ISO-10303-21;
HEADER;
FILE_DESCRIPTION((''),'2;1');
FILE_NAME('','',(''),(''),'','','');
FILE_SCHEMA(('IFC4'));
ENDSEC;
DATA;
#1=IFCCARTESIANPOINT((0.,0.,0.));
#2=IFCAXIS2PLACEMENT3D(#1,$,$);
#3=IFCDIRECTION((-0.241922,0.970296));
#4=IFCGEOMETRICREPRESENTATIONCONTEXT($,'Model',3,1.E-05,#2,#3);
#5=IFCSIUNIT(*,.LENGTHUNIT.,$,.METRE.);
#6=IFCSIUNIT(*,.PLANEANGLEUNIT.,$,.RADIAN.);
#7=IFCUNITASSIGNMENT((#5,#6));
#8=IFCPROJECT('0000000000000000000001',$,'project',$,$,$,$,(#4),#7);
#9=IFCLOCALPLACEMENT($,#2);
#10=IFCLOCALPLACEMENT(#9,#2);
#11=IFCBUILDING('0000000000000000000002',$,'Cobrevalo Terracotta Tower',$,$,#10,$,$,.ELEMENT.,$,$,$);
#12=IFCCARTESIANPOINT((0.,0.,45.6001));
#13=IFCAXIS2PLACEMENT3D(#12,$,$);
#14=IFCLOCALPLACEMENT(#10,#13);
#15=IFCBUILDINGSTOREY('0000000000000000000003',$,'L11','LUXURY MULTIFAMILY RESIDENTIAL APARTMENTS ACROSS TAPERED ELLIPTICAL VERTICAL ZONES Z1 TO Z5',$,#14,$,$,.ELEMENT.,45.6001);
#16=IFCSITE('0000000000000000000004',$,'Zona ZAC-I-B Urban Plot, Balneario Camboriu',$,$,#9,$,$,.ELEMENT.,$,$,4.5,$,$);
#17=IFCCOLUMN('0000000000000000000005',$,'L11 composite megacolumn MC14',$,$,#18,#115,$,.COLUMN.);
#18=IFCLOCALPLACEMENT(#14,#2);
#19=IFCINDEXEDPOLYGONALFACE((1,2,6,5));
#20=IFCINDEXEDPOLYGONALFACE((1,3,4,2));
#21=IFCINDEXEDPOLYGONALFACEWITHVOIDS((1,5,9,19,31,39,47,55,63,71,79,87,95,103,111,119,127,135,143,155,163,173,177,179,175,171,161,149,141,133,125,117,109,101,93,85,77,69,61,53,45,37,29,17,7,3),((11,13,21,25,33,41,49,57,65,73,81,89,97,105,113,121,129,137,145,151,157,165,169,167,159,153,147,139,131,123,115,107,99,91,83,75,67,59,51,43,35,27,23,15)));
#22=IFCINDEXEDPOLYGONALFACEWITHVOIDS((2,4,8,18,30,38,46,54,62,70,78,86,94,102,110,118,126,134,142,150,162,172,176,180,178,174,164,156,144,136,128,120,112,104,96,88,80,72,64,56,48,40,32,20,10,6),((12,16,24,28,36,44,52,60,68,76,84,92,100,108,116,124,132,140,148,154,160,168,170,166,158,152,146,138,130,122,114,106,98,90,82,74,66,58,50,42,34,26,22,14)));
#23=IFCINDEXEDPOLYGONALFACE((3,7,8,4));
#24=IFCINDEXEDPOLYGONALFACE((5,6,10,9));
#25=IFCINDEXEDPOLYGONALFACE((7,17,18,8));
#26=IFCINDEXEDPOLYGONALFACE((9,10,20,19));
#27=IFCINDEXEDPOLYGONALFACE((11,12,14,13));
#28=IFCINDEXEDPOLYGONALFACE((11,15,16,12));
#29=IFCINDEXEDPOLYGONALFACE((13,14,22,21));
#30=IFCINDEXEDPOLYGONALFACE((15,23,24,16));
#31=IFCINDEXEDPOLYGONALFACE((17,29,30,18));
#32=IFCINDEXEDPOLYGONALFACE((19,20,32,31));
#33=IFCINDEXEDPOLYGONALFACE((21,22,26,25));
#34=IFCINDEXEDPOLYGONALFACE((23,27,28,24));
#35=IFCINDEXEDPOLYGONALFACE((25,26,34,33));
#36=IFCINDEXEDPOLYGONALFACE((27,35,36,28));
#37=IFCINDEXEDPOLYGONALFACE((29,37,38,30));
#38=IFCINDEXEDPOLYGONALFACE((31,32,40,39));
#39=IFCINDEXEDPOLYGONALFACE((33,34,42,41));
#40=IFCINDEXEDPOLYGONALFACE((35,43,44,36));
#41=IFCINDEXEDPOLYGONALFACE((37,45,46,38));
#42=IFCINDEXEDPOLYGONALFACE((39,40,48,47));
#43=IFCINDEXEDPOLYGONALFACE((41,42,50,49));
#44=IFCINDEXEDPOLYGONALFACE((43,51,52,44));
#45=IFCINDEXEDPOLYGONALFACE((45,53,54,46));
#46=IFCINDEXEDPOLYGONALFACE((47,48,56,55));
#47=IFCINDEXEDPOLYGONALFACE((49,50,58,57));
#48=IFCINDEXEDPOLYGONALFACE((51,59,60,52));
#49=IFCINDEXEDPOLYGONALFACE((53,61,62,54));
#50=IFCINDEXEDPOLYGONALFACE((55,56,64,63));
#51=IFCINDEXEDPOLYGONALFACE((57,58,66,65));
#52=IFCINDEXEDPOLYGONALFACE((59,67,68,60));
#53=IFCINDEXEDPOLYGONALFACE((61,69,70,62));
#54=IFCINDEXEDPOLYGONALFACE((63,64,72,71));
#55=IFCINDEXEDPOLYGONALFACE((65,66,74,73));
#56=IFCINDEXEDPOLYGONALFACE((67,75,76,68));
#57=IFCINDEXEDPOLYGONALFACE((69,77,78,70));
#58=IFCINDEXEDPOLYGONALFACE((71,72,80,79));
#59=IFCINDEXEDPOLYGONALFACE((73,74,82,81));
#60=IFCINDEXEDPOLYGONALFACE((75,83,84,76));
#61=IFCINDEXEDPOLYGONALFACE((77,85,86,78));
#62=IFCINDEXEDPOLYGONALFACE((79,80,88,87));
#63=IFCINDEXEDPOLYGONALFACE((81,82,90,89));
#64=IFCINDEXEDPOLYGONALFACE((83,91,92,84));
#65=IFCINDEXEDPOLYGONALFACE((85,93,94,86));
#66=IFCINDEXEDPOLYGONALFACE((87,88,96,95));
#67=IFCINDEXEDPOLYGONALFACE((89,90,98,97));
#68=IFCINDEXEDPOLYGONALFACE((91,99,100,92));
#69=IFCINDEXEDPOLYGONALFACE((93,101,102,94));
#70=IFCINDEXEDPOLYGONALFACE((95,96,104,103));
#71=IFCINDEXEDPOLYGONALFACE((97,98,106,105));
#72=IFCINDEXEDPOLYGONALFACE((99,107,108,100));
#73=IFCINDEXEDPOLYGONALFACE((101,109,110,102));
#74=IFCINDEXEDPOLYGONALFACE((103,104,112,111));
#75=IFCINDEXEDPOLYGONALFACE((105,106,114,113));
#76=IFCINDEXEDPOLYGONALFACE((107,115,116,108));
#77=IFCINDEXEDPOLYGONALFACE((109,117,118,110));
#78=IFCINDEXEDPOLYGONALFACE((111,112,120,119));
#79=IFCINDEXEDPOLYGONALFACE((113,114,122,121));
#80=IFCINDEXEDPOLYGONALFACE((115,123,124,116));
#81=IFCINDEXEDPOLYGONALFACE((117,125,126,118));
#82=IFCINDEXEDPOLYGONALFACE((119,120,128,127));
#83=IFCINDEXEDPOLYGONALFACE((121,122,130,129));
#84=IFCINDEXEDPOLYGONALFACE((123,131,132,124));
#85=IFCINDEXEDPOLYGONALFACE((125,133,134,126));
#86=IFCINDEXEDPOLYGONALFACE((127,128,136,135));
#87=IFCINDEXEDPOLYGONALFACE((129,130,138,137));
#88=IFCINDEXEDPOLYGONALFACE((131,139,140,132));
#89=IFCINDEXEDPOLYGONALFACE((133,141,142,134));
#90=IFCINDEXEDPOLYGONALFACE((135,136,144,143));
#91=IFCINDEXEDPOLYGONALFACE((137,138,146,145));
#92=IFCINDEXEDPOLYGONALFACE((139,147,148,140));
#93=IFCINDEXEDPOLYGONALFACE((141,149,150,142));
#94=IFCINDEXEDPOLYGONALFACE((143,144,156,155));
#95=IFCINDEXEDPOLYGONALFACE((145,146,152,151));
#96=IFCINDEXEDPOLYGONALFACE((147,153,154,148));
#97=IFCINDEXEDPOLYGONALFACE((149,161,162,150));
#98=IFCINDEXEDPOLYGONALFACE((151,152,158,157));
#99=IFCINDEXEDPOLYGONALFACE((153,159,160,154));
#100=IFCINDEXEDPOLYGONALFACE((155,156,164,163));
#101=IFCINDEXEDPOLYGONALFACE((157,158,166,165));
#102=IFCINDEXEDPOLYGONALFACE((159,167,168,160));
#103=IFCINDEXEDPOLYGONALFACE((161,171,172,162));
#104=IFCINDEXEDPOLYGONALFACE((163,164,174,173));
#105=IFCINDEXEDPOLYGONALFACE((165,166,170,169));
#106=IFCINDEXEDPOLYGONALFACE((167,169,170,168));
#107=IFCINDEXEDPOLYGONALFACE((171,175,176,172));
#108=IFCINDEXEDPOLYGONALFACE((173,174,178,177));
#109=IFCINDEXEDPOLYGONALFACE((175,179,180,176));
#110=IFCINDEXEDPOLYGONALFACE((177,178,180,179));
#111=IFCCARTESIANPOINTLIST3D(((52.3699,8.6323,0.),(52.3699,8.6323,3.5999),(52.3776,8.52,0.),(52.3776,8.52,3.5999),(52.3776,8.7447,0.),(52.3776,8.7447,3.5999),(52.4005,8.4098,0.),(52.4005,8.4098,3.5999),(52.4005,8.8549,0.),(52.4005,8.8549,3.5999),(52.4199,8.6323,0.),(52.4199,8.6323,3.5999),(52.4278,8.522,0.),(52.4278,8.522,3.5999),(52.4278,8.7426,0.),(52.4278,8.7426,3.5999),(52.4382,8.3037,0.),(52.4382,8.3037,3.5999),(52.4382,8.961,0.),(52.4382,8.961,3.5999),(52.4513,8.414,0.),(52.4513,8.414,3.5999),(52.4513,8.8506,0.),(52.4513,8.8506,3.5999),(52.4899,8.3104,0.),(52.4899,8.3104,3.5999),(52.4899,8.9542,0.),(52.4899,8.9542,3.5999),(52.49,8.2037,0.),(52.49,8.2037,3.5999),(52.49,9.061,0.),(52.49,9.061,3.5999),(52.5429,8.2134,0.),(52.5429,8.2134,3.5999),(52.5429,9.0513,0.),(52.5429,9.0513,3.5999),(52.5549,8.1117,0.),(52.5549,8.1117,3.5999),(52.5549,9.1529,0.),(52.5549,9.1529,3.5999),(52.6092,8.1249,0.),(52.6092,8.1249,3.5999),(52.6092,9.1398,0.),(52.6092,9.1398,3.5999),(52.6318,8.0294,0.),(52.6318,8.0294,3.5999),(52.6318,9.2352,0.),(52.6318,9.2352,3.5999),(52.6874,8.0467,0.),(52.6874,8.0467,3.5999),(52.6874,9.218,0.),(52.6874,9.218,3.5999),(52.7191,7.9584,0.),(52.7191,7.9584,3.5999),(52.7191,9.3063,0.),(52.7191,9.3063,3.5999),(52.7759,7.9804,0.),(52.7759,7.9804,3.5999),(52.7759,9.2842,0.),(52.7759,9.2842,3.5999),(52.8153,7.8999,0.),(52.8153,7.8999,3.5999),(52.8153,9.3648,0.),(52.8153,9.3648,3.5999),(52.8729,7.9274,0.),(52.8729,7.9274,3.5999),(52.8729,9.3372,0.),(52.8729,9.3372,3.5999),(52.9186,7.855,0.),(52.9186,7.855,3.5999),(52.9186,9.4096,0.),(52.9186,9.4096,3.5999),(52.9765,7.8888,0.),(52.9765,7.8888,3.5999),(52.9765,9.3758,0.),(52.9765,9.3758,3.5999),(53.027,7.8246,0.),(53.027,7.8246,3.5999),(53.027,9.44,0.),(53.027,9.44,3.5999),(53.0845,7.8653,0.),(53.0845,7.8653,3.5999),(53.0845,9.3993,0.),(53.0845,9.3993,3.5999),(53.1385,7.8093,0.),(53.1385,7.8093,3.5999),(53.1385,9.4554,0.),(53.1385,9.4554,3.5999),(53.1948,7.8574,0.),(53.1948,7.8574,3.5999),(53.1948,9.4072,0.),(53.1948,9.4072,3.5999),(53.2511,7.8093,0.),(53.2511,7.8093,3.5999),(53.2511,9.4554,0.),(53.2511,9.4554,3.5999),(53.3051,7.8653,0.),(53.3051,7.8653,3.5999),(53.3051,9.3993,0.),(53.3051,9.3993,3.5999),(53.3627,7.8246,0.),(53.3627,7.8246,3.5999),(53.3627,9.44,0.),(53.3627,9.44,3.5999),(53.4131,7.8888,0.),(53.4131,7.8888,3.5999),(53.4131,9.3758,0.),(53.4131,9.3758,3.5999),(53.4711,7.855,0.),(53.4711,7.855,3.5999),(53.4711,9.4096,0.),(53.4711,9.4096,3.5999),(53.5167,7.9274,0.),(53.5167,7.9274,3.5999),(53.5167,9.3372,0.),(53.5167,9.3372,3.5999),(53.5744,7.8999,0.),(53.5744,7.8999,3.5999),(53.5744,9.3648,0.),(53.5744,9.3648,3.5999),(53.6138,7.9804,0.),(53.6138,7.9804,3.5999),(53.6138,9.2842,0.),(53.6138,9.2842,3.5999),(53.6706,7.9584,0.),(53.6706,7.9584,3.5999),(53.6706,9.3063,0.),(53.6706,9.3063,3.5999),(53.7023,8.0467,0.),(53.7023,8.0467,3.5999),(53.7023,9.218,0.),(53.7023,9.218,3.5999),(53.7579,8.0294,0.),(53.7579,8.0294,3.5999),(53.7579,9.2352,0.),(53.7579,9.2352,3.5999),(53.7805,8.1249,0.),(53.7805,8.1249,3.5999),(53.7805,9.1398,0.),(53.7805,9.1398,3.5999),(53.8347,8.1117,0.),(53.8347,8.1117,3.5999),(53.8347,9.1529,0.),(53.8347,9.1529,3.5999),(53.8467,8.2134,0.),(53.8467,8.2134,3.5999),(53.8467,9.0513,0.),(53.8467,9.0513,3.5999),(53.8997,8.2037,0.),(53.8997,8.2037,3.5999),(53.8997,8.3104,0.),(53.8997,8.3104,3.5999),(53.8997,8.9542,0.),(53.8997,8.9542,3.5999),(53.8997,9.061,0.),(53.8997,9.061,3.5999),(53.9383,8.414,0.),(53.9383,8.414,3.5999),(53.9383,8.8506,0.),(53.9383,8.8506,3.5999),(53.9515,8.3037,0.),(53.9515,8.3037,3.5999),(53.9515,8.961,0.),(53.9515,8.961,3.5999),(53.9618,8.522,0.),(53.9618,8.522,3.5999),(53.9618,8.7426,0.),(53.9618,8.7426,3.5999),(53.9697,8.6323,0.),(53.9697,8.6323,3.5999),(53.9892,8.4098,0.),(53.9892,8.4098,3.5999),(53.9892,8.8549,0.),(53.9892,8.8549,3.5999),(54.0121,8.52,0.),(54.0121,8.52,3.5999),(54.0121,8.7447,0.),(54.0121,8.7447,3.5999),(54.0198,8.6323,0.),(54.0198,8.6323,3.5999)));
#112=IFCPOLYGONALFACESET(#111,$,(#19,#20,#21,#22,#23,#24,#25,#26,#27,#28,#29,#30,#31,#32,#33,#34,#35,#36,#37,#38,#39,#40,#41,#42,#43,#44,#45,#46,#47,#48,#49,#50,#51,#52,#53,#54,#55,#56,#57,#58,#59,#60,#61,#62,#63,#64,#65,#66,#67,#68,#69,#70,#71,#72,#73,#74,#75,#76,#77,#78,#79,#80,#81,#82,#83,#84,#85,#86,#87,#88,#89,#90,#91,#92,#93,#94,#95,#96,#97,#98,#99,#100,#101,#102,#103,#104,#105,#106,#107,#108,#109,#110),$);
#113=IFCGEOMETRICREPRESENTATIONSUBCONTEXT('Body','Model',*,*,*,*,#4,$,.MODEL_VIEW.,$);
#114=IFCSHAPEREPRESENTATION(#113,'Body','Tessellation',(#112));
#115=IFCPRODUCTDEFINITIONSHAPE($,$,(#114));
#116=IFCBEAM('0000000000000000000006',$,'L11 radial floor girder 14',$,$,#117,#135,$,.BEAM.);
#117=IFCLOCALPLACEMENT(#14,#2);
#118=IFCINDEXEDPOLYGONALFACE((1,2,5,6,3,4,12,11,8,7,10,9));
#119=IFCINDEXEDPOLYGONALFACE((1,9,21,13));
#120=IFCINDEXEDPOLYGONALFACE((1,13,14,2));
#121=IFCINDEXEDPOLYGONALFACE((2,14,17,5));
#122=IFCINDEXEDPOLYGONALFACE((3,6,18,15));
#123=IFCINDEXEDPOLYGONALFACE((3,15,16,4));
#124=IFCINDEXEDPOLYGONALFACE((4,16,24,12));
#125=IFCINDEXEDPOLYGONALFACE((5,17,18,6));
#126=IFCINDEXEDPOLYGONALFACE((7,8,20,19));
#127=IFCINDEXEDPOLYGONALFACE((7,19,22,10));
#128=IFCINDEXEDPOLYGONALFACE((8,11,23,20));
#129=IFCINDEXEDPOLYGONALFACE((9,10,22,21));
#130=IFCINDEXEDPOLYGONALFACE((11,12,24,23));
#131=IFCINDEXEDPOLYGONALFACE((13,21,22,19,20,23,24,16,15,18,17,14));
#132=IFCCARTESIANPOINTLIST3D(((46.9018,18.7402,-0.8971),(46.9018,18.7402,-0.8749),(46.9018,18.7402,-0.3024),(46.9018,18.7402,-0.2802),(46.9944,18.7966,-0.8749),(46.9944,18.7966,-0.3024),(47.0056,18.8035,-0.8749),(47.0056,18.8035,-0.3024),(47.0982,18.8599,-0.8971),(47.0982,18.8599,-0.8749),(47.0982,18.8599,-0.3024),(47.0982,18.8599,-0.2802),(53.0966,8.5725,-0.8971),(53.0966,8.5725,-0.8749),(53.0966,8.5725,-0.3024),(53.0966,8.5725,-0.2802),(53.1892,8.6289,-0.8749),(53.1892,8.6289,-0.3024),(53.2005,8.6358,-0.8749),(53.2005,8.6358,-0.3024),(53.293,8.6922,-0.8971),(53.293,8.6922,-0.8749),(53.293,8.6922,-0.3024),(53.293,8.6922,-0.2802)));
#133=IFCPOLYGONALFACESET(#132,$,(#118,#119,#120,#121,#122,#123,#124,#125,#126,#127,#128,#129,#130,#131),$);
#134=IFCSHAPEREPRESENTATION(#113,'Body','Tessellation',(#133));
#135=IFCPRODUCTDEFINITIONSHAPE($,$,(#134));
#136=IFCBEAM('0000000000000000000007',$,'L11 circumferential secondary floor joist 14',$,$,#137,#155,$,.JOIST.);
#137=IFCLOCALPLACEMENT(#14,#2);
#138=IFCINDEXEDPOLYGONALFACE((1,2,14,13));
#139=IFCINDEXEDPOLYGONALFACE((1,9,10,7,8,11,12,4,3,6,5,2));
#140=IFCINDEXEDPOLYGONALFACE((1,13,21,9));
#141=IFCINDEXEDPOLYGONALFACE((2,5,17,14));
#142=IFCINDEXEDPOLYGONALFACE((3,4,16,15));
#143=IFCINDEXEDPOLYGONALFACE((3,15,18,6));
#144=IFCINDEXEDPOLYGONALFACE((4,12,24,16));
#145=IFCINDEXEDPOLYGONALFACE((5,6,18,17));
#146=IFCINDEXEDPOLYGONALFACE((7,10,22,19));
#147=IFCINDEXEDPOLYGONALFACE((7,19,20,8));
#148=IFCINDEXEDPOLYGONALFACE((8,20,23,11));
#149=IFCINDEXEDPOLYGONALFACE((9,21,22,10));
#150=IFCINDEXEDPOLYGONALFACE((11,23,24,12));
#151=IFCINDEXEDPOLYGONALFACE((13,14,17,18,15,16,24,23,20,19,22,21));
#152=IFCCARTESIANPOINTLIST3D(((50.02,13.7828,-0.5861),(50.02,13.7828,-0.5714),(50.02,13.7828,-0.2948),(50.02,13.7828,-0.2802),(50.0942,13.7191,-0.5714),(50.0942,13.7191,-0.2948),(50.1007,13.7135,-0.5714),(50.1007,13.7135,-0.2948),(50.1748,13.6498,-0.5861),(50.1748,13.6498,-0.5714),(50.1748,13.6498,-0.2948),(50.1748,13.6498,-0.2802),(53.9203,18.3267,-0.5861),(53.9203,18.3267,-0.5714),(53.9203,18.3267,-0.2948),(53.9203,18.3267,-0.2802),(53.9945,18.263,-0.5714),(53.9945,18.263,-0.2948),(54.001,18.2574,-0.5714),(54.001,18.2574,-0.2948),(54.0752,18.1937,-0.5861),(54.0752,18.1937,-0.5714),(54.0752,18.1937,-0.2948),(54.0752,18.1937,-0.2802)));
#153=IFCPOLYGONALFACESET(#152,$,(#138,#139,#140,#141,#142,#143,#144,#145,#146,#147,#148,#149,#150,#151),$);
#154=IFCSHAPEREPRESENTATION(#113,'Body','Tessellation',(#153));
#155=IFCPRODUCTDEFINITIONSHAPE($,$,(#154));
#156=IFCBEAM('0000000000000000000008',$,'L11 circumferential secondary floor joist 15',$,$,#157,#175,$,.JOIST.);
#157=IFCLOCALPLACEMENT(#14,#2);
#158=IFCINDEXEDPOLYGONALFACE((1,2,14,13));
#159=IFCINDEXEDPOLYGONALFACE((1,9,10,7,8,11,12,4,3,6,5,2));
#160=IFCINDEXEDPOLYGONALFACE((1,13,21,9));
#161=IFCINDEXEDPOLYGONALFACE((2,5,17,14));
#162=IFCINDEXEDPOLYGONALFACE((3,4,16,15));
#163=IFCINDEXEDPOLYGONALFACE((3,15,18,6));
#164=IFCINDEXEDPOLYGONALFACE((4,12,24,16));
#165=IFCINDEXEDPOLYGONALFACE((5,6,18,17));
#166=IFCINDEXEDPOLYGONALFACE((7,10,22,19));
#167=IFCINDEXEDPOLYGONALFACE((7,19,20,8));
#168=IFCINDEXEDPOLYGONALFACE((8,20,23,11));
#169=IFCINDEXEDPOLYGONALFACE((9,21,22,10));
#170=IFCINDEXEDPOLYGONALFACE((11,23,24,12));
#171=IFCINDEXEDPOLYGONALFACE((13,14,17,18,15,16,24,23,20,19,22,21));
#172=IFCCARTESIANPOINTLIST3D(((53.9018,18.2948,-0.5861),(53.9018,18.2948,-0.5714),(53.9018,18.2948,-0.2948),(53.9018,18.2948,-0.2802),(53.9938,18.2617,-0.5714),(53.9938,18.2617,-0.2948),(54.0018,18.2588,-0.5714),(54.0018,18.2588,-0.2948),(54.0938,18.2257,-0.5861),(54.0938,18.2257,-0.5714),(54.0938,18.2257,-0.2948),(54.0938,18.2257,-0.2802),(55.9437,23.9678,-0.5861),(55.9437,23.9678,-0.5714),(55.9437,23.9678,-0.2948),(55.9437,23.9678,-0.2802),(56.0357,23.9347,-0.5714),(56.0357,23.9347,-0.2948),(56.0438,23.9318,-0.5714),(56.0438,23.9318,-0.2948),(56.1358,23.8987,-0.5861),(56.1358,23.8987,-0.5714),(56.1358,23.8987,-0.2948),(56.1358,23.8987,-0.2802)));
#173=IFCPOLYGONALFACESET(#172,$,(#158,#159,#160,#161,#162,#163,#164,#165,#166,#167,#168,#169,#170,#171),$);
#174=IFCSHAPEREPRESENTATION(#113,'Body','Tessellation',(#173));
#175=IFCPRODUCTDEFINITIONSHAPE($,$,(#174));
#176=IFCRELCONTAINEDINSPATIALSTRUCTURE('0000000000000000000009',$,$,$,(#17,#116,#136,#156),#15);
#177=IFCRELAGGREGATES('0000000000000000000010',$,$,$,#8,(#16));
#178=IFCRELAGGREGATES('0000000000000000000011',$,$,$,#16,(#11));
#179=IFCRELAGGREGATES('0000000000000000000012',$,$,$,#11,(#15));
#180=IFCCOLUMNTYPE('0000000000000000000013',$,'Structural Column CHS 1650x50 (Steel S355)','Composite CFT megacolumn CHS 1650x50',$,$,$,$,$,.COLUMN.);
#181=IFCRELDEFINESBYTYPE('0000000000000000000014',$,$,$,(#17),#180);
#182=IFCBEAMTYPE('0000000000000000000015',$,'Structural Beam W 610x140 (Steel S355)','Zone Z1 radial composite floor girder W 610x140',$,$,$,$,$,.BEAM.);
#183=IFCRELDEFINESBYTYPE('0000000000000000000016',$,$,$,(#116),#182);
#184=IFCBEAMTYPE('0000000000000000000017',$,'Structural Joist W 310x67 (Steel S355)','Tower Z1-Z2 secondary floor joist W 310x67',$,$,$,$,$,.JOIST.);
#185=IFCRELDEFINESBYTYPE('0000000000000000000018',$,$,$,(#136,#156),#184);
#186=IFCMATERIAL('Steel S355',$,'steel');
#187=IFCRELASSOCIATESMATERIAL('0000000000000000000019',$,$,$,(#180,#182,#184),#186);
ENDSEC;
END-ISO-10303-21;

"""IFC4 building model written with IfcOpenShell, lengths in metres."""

from ifc_helpers import new_model, si_unit, direction, frame, origin, origin_2d, place, context, subcontext, project, spatial, hollow_circle, i_section, extrude, material, material_profile, profile_set, type_object, element, save


model = new_model("IFC4")

# Units and contexts
model_context = context("Model", 3, precision=1e-05, world=origin(), true_north=direction((-0.241922, 0.970296)))
body_context = subcontext(model_context, "Body", "Model", "MODEL_VIEW")
ifc_project = project(units=[si_unit("LENGTHUNIT", "METRE"), si_unit("PLANEANGLEUNIT", "RADIAN")], contexts=[model_context])

# Site, building, storey
site_placement = place(None, origin())
site = spatial("IfcSite", under=ifc_project, at=site_placement, Name="Zona ZAC-I-B Urban Plot, Balneario Camboriu", CompositionType="ELEMENT", RefElevation=4.5)
building_placement = place(site_placement, origin())
building = spatial("IfcBuilding", under=site, at=building_placement, Name="Cobrevalo Terracotta Tower", CompositionType="ELEMENT")
storey_placement = place(building_placement, frame((0.0, 0.0, 45.6001)))
storey = spatial("IfcBuildingStorey", under=building, at=storey_placement, Name="L11", Description="LUXURY MULTIFAMILY RESIDENTIAL APARTMENTS ACROSS TAPERED ELLIPTICAL VERTICAL ZONES Z1 TO Z5", CompositionType="ELEMENT", Elevation=45.6001)

# Column
ifc_material_1 = material(Name="Steel S355", Category="steel")
ifc_material_profile_1 = material_profile(ifc_material_1, hollow_circle(Radius=0.825, WallThickness=0.05, at=origin_2d()), Name="CHS 1650x50")
ifc_profile_set_1 = profile_set([ifc_material_profile_1], Name="Steel S355")
column_type = type_object("IfcColumnType", Name="Structural Column CHS 1650x50 (Steel S355)", Description="Composite CFT megacolumn CHS 1650x50", PredefinedType="COLUMN", material=ifc_profile_set_1)
column_placement = place(storey_placement, frame((53.1948, 8.6323, 0.0), z_axis=(0.0, 0.0, 1.0), x_axis=(1.0, 0.0, 0.0)))
element("IfcColumn", 1, at=column_placement, inside=storey, type_object=column_type, Name="L11 composite megacolumn MC14", PredefinedType="COLUMN", context=body_context, shape_type="SweptSolid", body=[
    extrude(hollow_circle(Radius=0.825, WallThickness=0.05, at=origin_2d()), origin(), (0.0, 0.0, 1.0), 3.5999),
])

# Beams
ifc_material_profile_2 = material_profile(ifc_material_1, i_section(OverallWidth=0.23, OverallDepth=0.6169, WebThickness=0.0132, FlangeThickness=0.0222, at=origin_2d()), Name="W 610x140")
ifc_profile_set_2 = profile_set([ifc_material_profile_2], Name="Steel S355")
beam_type_1 = type_object("IfcBeamType", Name="Structural Beam W 610x140 (Steel S355)", Description="Zone Z1 radial composite floor girder W 610x140", PredefinedType="BEAM", material=ifc_profile_set_2)
beam_1_placement = place(storey_placement, frame((53.1948, 8.6323, -0.5886), z_axis=(-0.520301, 0.853983, 0.0), x_axis=(-0.853983, -0.520301, 0.0)))
element("IfcBeam", 2, at=beam_1_placement, inside=storey, type_object=beam_type_1, Name="L11 radial floor girder 14", PredefinedType="BEAM", context=body_context, shape_type="SweptSolid", body=[
    extrude(i_section(OverallWidth=0.23, OverallDepth=0.6169, WebThickness=0.0132, FlangeThickness=0.0222, at=origin_2d()), origin(), (0.0, 0.0, 1.0), 11.9062),
])
ifc_material_profile_3 = material_profile(ifc_material_1, i_section(OverallWidth=0.2041, OverallDepth=0.3059, WebThickness=0.0085, FlangeThickness=0.0146, at=origin_2d()), Name="W 310x67")
ifc_profile_set_3 = profile_set([ifc_material_profile_3], Name="Steel S355")
beam_type_2 = type_object("IfcBeamType", Name="Structural Joist W 310x67 (Steel S355)", Description="Tower Z1-Z2 secondary floor joist W 310x67", PredefinedType="JOIST", material=ifc_profile_set_3)
beam_2_placement = place(storey_placement, frame((50.0974, 13.7163, -0.4331), z_axis=(0.651328, 0.758796, 0.0), x_axis=(-0.758796, 0.651328, 0.0)))
element("IfcBeam", 3, at=beam_2_placement, inside=storey, type_object=beam_type_2, Name="L11 circumferential secondary floor joist 14", PredefinedType="JOIST", context=body_context, shape_type="SweptSolid", body=[
    extrude(i_section(OverallWidth=0.2041, OverallDepth=0.3059, WebThickness=0.0085, FlangeThickness=0.0146, at=origin_2d()), origin(), (0.0, 0.0, 1.0), 5.9883),
])
beam_3_placement = place(storey_placement, frame((53.9978, 18.2603, -0.4331), z_axis=(0.338672, 0.940904, 0.0), x_axis=(-0.940904, 0.338672, 0.0)))
element("IfcBeam", 4, at=beam_3_placement, inside=storey, type_object=beam_type_2, Name="L11 circumferential secondary floor joist 15", PredefinedType="JOIST", context=body_context, shape_type="SweptSolid", body=[
    extrude(i_section(OverallWidth=0.2041, OverallDepth=0.3059, WebThickness=0.0085, FlangeThickness=0.0146, at=origin_2d()), origin(), (0.0, 0.0, 1.0), 6.0293),
])

save(model, "model.ifc")
